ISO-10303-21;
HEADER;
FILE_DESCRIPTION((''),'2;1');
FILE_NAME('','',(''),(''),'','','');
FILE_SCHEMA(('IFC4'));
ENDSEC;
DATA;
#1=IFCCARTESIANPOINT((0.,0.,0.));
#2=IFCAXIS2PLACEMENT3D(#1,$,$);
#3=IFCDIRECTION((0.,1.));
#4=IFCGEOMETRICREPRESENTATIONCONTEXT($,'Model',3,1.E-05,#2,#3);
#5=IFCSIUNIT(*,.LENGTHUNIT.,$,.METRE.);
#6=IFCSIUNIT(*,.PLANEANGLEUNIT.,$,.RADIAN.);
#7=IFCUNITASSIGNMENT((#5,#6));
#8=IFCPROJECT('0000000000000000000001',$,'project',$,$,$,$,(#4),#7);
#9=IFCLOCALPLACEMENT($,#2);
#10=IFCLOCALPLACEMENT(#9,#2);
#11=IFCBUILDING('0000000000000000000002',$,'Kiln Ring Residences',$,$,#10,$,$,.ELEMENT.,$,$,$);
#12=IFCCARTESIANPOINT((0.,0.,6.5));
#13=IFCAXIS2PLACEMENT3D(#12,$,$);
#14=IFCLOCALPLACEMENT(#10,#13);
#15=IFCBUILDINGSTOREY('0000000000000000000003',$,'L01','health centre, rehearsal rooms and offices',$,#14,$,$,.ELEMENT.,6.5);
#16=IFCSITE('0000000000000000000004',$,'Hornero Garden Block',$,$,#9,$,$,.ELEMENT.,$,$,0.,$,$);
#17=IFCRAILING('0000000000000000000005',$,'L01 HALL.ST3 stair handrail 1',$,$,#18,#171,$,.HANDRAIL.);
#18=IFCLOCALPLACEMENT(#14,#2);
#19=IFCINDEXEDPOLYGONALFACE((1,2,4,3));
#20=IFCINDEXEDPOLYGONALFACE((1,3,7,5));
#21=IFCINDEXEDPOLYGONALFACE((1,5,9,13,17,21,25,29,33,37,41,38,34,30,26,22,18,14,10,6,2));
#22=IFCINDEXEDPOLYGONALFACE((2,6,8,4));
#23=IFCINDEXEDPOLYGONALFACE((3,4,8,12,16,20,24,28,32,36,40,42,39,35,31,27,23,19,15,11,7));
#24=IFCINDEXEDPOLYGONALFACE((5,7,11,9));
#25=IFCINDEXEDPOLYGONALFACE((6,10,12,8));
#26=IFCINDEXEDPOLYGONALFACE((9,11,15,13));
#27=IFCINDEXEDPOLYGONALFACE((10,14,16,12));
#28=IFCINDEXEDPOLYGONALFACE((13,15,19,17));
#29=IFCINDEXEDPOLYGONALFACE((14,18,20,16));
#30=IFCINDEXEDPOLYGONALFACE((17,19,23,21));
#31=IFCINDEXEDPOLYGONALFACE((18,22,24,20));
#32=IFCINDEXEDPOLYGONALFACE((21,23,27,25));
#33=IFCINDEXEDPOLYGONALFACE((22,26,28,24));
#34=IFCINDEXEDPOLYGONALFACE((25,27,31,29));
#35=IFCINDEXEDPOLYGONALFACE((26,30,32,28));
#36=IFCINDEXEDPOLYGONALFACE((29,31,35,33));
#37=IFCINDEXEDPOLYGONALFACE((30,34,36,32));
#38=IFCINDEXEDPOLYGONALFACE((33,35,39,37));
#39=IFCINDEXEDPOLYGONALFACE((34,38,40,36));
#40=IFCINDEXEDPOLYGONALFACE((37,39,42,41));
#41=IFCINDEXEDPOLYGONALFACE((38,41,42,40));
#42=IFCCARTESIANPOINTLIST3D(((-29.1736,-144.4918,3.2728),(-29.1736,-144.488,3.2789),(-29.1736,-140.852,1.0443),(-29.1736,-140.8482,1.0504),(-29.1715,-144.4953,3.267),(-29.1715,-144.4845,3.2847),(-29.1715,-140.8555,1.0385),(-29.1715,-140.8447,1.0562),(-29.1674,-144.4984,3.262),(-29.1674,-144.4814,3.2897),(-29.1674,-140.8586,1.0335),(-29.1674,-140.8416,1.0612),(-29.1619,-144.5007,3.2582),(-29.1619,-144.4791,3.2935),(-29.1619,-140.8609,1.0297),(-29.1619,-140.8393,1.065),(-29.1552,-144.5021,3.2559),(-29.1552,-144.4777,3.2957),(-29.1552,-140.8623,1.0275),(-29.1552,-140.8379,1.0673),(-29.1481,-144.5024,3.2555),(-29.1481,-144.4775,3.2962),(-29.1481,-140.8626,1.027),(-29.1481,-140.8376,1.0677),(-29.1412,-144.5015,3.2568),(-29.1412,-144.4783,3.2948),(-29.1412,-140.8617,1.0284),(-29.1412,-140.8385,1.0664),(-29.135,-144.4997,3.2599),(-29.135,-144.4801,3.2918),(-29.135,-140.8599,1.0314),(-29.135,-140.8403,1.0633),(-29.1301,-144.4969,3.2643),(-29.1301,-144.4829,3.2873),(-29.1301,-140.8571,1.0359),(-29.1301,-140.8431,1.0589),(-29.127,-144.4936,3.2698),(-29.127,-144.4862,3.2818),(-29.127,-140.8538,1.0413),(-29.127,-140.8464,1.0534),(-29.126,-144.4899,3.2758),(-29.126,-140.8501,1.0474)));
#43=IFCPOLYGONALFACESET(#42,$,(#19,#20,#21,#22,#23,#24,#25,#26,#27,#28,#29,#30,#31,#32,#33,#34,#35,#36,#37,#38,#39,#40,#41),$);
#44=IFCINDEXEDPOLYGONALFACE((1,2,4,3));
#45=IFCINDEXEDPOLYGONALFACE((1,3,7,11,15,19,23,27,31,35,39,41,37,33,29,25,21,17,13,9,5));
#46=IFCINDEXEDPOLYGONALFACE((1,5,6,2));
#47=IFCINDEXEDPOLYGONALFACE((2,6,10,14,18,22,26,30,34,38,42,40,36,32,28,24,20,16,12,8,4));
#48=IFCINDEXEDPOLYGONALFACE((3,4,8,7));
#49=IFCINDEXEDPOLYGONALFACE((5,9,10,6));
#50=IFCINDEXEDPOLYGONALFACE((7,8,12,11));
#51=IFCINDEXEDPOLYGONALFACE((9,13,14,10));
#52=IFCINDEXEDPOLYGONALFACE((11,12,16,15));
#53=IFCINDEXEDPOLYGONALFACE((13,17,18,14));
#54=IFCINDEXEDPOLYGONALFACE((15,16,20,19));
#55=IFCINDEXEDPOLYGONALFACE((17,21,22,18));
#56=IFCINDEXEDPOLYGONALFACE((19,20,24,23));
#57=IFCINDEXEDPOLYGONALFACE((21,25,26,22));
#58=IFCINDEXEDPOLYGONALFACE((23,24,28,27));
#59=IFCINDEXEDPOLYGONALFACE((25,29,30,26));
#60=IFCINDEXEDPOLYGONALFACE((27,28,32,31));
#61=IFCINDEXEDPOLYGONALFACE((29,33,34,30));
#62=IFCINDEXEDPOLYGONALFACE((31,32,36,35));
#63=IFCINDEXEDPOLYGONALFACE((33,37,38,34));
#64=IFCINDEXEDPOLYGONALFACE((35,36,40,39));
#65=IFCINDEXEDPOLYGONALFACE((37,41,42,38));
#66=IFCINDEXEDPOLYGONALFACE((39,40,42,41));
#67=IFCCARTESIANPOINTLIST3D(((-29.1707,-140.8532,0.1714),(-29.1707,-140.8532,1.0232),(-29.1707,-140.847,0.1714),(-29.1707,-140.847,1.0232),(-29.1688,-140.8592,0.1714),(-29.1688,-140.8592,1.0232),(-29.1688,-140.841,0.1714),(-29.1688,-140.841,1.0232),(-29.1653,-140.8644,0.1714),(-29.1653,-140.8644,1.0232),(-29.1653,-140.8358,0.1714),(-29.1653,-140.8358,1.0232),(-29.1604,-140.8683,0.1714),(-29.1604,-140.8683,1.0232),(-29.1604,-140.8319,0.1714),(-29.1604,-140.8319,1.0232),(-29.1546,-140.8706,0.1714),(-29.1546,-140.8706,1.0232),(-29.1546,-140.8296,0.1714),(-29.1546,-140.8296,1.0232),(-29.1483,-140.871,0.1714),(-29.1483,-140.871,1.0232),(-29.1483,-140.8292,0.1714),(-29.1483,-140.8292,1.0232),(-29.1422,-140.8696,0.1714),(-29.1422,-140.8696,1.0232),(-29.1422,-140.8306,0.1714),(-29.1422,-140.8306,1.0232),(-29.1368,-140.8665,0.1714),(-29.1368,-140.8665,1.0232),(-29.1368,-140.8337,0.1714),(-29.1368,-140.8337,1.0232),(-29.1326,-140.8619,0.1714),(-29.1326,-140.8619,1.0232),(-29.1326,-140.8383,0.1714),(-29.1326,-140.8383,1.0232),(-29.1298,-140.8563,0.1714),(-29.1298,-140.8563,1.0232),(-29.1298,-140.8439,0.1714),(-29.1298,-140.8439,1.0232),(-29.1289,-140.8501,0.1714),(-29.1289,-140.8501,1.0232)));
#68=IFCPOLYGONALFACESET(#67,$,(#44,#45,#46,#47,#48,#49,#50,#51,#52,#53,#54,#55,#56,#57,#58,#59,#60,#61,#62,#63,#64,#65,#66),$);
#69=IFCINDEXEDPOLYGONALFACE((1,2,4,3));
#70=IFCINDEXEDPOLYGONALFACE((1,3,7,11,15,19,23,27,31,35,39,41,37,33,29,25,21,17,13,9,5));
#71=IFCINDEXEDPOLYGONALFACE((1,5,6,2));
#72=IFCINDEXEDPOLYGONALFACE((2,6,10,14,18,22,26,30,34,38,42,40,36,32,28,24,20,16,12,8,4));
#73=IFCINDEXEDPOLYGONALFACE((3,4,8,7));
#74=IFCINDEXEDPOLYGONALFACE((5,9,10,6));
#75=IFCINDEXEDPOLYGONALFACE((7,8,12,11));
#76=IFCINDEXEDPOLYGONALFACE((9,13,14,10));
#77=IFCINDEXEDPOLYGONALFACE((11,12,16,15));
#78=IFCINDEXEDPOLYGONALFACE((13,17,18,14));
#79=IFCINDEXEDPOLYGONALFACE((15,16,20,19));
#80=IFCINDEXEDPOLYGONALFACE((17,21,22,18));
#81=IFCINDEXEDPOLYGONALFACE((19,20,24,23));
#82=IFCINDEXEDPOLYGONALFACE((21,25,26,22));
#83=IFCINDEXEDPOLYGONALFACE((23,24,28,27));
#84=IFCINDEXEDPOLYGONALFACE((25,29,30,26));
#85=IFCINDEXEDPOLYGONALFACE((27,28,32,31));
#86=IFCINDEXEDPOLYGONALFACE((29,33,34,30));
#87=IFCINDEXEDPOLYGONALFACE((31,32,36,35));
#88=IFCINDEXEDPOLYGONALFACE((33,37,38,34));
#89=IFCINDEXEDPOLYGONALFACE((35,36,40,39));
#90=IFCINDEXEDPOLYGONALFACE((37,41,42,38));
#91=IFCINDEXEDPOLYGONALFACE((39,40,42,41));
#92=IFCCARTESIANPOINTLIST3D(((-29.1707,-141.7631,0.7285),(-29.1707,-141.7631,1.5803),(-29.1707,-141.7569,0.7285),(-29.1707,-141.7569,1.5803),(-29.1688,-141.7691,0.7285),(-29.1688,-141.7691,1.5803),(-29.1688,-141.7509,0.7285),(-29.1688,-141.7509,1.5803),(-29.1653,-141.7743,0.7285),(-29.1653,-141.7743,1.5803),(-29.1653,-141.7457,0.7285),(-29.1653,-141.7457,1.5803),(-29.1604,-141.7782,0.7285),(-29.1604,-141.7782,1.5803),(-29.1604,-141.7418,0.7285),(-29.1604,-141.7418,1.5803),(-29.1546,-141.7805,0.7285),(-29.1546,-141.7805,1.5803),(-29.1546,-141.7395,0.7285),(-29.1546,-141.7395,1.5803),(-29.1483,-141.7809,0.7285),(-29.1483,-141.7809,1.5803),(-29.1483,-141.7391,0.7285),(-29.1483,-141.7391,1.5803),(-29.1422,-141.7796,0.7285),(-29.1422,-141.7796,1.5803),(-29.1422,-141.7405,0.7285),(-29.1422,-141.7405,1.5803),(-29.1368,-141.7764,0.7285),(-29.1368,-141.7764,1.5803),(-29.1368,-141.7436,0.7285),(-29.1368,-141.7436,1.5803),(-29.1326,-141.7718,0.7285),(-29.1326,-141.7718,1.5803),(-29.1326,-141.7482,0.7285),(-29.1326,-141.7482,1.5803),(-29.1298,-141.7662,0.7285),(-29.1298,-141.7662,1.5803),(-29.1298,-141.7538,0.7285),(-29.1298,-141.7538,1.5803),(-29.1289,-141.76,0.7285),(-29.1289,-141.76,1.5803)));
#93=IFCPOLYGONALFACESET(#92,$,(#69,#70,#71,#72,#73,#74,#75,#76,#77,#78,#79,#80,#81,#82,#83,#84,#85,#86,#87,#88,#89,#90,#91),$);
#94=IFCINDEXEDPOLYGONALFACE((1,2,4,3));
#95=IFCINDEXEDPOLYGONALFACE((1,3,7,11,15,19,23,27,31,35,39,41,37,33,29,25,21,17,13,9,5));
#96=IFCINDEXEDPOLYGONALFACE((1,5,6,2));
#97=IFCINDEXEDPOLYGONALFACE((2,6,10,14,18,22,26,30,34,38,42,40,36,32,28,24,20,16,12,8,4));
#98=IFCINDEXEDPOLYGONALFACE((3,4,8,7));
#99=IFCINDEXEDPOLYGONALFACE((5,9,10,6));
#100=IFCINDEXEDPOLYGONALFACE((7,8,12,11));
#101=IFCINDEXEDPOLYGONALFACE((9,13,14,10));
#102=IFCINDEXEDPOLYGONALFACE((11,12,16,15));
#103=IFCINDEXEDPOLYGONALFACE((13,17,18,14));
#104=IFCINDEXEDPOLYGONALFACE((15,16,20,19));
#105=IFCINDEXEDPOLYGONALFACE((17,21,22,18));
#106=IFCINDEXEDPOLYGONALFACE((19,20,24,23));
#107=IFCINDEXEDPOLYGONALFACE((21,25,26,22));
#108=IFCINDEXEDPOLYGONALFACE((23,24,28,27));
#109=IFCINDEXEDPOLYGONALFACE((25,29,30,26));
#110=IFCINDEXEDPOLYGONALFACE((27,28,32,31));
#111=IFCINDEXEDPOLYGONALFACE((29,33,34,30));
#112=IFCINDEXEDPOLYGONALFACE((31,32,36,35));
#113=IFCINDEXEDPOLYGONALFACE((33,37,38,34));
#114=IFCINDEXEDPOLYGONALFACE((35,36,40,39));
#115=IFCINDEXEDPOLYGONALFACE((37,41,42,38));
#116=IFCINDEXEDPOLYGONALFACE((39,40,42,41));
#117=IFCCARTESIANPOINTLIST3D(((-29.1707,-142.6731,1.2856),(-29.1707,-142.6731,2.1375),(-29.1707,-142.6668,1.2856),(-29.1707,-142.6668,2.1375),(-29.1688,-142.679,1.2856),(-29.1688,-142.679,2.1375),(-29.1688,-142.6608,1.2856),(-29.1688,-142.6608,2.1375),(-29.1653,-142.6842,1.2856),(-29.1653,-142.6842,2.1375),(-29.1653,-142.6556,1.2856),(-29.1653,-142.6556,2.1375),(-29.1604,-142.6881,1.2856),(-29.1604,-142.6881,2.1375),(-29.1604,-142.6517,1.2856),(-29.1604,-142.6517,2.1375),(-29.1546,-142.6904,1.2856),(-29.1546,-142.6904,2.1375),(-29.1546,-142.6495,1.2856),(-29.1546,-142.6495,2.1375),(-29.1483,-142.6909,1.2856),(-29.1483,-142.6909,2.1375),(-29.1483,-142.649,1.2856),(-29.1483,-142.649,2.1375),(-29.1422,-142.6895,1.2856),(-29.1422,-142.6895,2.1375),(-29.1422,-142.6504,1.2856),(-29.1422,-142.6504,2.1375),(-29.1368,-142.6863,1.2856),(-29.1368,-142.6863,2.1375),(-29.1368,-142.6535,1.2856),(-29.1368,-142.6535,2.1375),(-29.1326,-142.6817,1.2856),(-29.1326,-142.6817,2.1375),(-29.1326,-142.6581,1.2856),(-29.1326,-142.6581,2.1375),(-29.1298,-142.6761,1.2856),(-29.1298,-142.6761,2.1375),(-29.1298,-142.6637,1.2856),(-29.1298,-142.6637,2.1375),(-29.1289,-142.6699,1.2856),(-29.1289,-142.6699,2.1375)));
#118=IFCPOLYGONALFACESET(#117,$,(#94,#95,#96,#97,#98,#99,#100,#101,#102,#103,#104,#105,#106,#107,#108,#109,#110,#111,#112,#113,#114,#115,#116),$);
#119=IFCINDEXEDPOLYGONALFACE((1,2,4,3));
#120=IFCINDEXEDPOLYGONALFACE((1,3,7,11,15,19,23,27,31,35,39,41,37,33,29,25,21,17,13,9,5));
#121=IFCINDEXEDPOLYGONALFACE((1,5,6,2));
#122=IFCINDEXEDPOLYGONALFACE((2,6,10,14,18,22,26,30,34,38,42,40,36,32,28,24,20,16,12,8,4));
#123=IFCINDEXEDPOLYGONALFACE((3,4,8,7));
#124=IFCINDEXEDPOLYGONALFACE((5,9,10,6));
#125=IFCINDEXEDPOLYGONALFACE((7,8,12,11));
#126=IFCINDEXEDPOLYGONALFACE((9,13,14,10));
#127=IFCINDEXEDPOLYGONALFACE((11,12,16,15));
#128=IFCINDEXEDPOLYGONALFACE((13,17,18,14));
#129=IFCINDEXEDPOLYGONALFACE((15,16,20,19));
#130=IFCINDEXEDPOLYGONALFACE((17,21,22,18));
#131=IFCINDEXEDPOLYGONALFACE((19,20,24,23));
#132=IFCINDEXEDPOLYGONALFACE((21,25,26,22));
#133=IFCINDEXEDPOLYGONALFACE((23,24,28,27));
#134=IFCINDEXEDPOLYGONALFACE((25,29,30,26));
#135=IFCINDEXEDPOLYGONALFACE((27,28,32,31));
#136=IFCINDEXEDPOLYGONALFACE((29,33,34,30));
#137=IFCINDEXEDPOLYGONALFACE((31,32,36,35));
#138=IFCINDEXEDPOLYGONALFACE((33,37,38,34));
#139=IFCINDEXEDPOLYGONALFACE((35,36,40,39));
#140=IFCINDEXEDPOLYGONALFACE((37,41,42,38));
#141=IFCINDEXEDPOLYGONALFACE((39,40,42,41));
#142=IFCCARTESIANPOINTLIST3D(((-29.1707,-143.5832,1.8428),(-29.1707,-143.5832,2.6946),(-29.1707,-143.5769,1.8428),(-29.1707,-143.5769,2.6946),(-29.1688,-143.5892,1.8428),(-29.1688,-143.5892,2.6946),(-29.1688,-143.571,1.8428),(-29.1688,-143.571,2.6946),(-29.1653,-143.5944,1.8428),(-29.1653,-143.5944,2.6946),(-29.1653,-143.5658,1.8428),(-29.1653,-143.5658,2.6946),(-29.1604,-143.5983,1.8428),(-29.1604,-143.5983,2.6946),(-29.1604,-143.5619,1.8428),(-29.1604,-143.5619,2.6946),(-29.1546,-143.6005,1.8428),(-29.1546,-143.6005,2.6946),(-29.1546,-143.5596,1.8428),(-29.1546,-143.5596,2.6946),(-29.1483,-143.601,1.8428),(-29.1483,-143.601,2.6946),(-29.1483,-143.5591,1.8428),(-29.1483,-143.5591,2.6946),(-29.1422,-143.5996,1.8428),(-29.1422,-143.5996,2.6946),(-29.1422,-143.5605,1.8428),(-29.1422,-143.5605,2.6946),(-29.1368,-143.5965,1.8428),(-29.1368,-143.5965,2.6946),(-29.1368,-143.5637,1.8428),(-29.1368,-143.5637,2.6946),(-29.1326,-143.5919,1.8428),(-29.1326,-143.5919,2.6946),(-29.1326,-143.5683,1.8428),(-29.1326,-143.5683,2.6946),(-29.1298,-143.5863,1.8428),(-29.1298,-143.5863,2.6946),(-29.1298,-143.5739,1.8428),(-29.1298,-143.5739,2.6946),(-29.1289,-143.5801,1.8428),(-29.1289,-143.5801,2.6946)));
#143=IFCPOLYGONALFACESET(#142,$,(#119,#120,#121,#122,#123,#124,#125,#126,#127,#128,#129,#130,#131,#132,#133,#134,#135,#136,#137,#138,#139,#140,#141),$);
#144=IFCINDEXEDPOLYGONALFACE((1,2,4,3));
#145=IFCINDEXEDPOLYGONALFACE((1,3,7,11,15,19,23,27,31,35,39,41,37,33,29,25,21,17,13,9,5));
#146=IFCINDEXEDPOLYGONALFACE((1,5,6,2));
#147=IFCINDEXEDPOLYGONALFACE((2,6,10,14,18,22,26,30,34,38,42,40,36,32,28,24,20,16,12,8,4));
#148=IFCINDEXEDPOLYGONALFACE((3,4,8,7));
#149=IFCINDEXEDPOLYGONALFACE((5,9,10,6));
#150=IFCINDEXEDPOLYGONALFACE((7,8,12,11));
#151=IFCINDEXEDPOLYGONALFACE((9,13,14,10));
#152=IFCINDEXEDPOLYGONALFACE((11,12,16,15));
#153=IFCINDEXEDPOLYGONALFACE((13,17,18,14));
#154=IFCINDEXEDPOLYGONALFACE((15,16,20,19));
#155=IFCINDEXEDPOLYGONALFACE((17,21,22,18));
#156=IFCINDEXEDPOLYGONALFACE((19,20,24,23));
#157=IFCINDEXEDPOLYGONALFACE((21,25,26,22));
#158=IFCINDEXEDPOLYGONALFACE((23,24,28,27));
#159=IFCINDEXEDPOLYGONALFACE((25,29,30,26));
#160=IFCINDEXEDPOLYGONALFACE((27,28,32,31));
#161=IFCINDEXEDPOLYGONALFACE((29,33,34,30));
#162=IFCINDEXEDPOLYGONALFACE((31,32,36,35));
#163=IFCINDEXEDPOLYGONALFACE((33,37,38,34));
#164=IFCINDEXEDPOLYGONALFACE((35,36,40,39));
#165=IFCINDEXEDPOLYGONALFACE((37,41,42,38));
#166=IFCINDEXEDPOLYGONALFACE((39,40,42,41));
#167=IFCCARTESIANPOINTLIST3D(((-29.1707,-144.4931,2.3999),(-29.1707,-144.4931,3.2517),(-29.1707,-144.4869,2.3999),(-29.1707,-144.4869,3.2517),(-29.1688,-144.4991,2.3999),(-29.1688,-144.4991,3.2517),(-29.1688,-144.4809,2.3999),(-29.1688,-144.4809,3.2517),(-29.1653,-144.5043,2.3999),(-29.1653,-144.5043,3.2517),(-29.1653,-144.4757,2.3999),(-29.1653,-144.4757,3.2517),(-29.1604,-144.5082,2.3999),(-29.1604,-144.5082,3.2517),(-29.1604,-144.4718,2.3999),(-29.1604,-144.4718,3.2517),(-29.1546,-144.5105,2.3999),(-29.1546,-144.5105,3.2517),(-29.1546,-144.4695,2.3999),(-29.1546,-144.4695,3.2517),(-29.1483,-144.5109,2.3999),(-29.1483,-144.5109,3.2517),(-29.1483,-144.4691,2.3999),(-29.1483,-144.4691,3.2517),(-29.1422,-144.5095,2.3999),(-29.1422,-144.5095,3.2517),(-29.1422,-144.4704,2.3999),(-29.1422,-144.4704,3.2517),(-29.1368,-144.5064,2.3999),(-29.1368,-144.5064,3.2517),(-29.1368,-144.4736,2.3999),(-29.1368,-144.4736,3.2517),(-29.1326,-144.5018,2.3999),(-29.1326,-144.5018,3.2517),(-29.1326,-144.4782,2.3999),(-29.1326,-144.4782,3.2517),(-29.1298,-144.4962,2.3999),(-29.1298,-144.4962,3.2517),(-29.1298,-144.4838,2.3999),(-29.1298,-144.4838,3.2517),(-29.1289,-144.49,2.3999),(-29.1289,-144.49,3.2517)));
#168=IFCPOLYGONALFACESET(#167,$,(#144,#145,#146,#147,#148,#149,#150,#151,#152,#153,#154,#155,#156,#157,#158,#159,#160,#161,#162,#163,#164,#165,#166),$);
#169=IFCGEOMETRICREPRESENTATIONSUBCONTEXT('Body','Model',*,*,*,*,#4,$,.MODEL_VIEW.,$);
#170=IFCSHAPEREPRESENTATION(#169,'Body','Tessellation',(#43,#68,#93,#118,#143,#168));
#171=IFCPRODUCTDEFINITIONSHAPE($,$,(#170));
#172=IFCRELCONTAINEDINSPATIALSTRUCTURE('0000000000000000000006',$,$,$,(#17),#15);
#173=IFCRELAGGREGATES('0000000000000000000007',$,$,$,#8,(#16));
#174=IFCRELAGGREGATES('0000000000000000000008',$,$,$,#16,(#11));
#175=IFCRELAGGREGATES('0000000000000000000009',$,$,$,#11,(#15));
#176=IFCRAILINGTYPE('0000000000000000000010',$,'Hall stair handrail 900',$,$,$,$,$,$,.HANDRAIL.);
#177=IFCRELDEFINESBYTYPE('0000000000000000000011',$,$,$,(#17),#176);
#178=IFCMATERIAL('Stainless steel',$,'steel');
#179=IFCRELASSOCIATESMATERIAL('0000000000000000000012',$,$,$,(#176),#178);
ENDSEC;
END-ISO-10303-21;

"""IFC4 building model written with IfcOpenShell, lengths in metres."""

from ifc_helpers import new_model, si_unit, direction, frame, origin, origin_2d, place, context, subcontext, project, spatial, circle, extrude, material, type_object, element, save


model = new_model("IFC4")

# Units and contexts
model_context = context("Model", 3, precision=1e-05, world=origin(), true_north=direction((0.0, 1.0)))
body_context = subcontext(model_context, "Body", "Model", "MODEL_VIEW")
ifc_project = project(units=[si_unit("LENGTHUNIT", "METRE"), si_unit("PLANEANGLEUNIT", "RADIAN")], contexts=[model_context])

# Site, building, storey
site_placement = place(None, origin())
site = spatial("IfcSite", under=ifc_project, at=site_placement, Name="Hornero Garden Block", CompositionType="ELEMENT", RefElevation=0.0)
building_placement = place(site_placement, origin())
building = spatial("IfcBuilding", under=site, at=building_placement, Name="Kiln Ring Residences", CompositionType="ELEMENT")
storey_placement = place(building_placement, frame((0.0, 0.0, 6.5)))
storey = spatial("IfcBuildingStorey", under=building, at=storey_placement, Name="L01", Description="health centre, rehearsal rooms and offices", CompositionType="ELEMENT", Elevation=6.5)

# Railing
ifc_material_1 = material(Name="Stainless steel", Category="steel")
railing_type_1 = type_object("IfcRailingType", Name="Hall stair handrail 900", PredefinedType="HANDRAIL", material=ifc_material_1)
railing_1_placement = place(storey_placement, frame((-29.1499, -140.8501, 0.1714)))
element("IfcRailing", 1, at=railing_1_placement, inside=storey, type_object=railing_type_1, Name="L01 HALL.ST3 stair handrail 1", PredefinedType="HANDRAIL", context=body_context, shape_type="SweptSolid", body=[
    extrude(circle(Radius=0.0239, at=origin_2d()), frame((0.0, 0.0, 0.876), z_axis=(0.0, -0.85285, 0.522156), x_axis=(1.0, 0.0, 0.0)), (0.0, 0.0, 1.0), 4.2678),
    extrude(circle(Radius=0.021, at=origin_2d()), origin(), (0.0, 0.0, 1.0), 0.8518),
    extrude(circle(Radius=0.021, at=origin_2d()), frame((0.0, -0.9099, 0.5571)), (0.0, 0.0, 1.0), 0.8518),
    extrude(circle(Radius=0.021, at=origin_2d()), frame((0.0, -1.8198, 1.1143)), (0.0, 0.0, 1.0), 0.8518),
    extrude(circle(Radius=0.021, at=origin_2d()), frame((0.0, -2.73, 1.6714)), (0.0, 0.0, 1.0), 0.8518),
    extrude(circle(Radius=0.021, at=origin_2d()), frame((0.0, -3.6399, 2.2285)), (0.0, 0.0, 1.0), 0.8518),
])

save(model, "model.ifc")
